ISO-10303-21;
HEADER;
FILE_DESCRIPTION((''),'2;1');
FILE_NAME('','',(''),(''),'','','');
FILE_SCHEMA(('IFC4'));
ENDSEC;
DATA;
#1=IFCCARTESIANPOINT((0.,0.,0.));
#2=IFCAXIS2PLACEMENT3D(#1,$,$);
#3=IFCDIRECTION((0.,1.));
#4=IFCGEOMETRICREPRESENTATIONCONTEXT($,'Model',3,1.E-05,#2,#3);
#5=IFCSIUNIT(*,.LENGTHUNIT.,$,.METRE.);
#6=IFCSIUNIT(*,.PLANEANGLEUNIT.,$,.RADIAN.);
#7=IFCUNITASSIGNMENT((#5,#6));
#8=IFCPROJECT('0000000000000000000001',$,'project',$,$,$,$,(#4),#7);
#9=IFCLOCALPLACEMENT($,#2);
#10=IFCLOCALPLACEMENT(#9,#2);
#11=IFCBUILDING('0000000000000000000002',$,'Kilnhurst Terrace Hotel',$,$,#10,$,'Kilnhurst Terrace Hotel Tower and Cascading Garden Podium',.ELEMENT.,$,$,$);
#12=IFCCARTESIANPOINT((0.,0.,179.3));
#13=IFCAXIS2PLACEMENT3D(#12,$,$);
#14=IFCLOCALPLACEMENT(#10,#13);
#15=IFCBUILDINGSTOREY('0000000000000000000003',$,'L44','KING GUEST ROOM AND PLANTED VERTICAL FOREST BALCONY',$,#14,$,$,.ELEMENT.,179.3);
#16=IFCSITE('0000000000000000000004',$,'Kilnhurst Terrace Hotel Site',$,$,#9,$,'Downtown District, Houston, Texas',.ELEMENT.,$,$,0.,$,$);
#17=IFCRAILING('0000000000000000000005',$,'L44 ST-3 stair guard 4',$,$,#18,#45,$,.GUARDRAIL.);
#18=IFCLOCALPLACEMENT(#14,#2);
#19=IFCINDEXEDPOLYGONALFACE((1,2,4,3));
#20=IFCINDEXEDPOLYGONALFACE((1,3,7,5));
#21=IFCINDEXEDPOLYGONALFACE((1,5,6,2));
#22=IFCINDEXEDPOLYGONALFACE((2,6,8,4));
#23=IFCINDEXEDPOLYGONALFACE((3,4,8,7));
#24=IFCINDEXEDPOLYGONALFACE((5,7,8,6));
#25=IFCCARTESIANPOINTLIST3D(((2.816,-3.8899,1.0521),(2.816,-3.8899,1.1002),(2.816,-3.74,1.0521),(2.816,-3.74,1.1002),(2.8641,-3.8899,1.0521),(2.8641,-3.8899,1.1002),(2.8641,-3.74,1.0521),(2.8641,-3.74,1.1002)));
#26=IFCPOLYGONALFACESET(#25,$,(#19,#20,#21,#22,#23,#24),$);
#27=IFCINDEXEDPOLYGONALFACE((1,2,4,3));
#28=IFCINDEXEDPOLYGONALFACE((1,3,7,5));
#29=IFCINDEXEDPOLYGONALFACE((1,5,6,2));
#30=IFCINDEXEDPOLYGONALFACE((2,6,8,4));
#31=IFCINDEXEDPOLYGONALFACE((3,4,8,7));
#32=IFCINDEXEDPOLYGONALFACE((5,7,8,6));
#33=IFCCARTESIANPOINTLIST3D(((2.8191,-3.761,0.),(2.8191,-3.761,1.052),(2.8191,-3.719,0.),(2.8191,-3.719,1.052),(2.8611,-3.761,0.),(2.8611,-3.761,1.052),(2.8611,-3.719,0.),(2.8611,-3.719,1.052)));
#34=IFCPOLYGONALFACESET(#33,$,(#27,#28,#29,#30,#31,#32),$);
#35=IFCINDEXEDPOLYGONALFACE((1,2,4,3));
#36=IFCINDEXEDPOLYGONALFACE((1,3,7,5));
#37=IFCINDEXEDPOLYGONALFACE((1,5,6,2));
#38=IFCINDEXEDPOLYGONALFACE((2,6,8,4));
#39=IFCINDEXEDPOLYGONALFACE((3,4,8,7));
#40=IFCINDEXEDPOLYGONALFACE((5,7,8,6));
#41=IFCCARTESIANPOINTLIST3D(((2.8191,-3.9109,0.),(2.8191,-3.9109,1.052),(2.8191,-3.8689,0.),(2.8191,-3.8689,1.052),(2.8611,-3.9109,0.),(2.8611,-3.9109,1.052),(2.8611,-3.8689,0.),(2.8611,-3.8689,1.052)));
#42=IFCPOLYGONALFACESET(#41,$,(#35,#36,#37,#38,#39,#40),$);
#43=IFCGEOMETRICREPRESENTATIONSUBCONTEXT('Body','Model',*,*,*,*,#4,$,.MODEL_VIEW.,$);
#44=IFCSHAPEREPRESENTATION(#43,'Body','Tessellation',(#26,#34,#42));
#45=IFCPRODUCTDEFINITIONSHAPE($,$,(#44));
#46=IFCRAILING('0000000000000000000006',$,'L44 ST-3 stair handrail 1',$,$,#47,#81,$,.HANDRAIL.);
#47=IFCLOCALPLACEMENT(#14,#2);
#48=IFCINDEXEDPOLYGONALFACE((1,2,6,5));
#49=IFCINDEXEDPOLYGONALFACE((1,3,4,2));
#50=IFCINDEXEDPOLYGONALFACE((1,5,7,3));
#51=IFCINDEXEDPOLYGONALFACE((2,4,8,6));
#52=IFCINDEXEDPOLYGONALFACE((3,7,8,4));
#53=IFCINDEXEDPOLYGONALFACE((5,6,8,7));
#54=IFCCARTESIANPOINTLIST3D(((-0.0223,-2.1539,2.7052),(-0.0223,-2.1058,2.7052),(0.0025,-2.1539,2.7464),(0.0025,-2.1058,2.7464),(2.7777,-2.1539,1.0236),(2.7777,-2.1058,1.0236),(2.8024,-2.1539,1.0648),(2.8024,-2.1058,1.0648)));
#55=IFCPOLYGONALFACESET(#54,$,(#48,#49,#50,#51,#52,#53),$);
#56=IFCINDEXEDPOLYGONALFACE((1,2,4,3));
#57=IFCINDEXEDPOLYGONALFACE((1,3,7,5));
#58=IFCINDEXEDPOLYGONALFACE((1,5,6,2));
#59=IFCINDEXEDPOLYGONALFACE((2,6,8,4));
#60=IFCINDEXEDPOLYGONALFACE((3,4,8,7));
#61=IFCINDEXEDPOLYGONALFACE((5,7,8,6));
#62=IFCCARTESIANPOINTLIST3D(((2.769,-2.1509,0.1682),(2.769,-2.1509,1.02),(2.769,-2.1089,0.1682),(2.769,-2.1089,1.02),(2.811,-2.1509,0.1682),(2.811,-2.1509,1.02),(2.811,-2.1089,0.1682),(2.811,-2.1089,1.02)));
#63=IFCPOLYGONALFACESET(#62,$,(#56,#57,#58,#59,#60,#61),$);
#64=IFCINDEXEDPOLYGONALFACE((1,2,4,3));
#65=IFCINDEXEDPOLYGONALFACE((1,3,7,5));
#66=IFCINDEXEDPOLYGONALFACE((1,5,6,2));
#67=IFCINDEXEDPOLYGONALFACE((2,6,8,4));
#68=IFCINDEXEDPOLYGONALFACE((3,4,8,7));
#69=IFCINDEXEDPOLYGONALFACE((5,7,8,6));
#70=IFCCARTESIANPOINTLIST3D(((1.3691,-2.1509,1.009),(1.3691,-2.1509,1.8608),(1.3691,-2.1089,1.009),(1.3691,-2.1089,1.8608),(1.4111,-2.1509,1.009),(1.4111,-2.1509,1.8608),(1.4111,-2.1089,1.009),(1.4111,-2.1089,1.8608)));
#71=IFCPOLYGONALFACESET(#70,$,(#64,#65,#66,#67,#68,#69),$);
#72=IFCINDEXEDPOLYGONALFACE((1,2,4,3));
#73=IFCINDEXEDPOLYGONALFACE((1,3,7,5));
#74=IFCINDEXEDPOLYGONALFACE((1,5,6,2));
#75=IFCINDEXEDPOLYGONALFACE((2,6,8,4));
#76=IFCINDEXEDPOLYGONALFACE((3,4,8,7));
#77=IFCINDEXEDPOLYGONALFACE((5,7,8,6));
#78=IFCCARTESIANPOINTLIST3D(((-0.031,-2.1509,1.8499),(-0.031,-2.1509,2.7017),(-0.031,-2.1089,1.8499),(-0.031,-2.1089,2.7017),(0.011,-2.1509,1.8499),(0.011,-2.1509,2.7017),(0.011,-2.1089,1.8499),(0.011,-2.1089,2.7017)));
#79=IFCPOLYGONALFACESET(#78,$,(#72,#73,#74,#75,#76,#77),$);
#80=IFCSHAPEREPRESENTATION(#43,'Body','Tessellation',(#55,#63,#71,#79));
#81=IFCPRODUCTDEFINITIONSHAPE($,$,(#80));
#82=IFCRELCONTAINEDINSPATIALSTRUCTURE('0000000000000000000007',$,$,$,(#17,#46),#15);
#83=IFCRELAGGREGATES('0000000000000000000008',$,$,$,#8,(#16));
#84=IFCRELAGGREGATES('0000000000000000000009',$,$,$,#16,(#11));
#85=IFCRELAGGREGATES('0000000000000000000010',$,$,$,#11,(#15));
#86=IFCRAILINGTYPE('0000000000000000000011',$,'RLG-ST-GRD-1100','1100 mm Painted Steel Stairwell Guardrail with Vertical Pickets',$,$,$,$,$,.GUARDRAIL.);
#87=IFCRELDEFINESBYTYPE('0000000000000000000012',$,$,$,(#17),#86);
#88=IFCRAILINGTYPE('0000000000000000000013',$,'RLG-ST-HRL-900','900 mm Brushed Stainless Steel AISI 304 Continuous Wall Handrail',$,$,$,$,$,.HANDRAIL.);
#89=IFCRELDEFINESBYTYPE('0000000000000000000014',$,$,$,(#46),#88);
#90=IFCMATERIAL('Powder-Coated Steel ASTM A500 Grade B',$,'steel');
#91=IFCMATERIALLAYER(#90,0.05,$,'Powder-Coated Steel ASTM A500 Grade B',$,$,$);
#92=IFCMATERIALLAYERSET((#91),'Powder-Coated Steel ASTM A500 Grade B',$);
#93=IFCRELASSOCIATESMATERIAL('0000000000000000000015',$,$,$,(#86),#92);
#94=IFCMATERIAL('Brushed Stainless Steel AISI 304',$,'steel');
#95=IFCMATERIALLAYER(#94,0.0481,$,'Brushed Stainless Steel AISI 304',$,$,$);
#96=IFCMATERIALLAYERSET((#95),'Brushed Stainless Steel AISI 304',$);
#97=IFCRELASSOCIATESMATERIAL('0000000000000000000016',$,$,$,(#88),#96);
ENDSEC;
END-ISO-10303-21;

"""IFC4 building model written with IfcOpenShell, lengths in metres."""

from ifc_helpers import new_model, si_unit, direction, frame, origin, origin_2d, place, context, subcontext, project, spatial, rectangle, extrude, material, layer, layer_set, type_object, element, save


model = new_model("IFC4")

# Units and contexts
model_context = context("Model", 3, precision=1e-05, world=origin(), true_north=direction((0.0, 1.0)))
body_context = subcontext(model_context, "Body", "Model", "MODEL_VIEW")
ifc_project = project(units=[si_unit("LENGTHUNIT", "METRE"), si_unit("PLANEANGLEUNIT", "RADIAN")], contexts=[model_context])

# Site, building, storey
site_placement = place(None, origin())
site = spatial("IfcSite", under=ifc_project, at=site_placement, Name="Kilnhurst Terrace Hotel Site", LongName="Downtown District, Houston, Texas", CompositionType="ELEMENT", RefElevation=0.0)
building_placement = place(site_placement, origin())
building = spatial("IfcBuilding", under=site, at=building_placement, Name="Kilnhurst Terrace Hotel", LongName="Kilnhurst Terrace Hotel Tower and Cascading Garden Podium", CompositionType="ELEMENT")
storey_placement = place(building_placement, frame((0.0, 0.0, 179.3)))
storey = spatial("IfcBuildingStorey", under=building, at=storey_placement, Name="L44", Description="KING GUEST ROOM AND PLANTED VERTICAL FOREST BALCONY", CompositionType="ELEMENT", Elevation=179.3)

# Railings
ifc_material_1 = material(Name="Powder-Coated Steel ASTM A500 Grade B", Category="steel")
ifc_layer_1 = layer(ifc_material_1, 0.05, Name="Powder-Coated Steel ASTM A500 Grade B")
ifc_layer_set_1 = layer_set([ifc_layer_1], Name="Powder-Coated Steel ASTM A500 Grade B")
railing_type_1 = type_object("IfcRailingType", Name="RLG-ST-GRD-1100", Description="1100 mm Painted Steel Stairwell Guardrail with Vertical Pickets", PredefinedType="GUARDRAIL", material=ifc_layer_set_1)
railing_1_placement = place(storey_placement, frame((2.8401, -3.74, 0.0)))
element("IfcRailing", 1, at=railing_1_placement, inside=storey, type_object=railing_type_1, Name="L44 ST-3 stair guard 4", PredefinedType="GUARDRAIL", context=body_context, shape_type="SweptSolid", body=[
    extrude(rectangle(XDim=0.0481, YDim=0.0481, at=origin_2d()), frame((0.0, 0.0, 1.0762), z_axis=(0.0, -1.0, 0.0), x_axis=(1.0, 0.0, 0.0)), (0.0, 0.0, 1.0), 0.1499),
    extrude(rectangle(XDim=0.042, YDim=0.042, at=origin_2d()), origin(), (0.0, 0.0, 1.0), 1.052),
    extrude(rectangle(XDim=0.042, YDim=0.042, at=origin_2d()), frame((0.0, -0.1499, 0.0)), (0.0, 0.0, 1.0), 1.052),
])
ifc_material_2 = material(Name="Brushed Stainless Steel AISI 304", Category="steel")
ifc_layer_2 = layer(ifc_material_2, 0.0481, Name="Brushed Stainless Steel AISI 304")
ifc_layer_set_2 = layer_set([ifc_layer_2], Name="Brushed Stainless Steel AISI 304")
railing_type_2 = type_object("IfcRailingType", Name="RLG-ST-HRL-900", Description="900 mm Brushed Stainless Steel AISI 304 Continuous Wall Handrail", PredefinedType="HANDRAIL", material=ifc_layer_set_2)
railing_2_placement = place(storey_placement, frame((2.79, -2.1299, 0.1682)))
element("IfcRailing", 2, at=railing_2_placement, inside=storey, type_object=railing_type_2, Name="L44 ST-3 stair handrail 1", PredefinedType="HANDRAIL", context=body_context, shape_type="SweptSolid", body=[
    extrude(rectangle(XDim=0.0481, YDim=0.0481, at=origin_2d()), frame((0.0, 0.0, 0.876), z_axis=(-0.857275, 0.0, 0.514858), x_axis=(0.0, -1.0, 0.0)), (0.0, 0.0, 1.0), 3.2661),
    extrude(rectangle(XDim=0.042, YDim=0.042, at=origin_2d()), origin(), (0.0, 0.0, 1.0), 0.8518),
    extrude(rectangle(XDim=0.042, YDim=0.042, at=origin_2d()), frame((-1.3999, 0.0, 0.8408)), (0.0, 0.0, 1.0), 0.8518),
    extrude(rectangle(XDim=0.042, YDim=0.042, at=origin_2d()), frame((-2.8, 0.0, 1.6816)), (0.0, 0.0, 1.0), 0.8518),
])

save(model, "model.ifc")
